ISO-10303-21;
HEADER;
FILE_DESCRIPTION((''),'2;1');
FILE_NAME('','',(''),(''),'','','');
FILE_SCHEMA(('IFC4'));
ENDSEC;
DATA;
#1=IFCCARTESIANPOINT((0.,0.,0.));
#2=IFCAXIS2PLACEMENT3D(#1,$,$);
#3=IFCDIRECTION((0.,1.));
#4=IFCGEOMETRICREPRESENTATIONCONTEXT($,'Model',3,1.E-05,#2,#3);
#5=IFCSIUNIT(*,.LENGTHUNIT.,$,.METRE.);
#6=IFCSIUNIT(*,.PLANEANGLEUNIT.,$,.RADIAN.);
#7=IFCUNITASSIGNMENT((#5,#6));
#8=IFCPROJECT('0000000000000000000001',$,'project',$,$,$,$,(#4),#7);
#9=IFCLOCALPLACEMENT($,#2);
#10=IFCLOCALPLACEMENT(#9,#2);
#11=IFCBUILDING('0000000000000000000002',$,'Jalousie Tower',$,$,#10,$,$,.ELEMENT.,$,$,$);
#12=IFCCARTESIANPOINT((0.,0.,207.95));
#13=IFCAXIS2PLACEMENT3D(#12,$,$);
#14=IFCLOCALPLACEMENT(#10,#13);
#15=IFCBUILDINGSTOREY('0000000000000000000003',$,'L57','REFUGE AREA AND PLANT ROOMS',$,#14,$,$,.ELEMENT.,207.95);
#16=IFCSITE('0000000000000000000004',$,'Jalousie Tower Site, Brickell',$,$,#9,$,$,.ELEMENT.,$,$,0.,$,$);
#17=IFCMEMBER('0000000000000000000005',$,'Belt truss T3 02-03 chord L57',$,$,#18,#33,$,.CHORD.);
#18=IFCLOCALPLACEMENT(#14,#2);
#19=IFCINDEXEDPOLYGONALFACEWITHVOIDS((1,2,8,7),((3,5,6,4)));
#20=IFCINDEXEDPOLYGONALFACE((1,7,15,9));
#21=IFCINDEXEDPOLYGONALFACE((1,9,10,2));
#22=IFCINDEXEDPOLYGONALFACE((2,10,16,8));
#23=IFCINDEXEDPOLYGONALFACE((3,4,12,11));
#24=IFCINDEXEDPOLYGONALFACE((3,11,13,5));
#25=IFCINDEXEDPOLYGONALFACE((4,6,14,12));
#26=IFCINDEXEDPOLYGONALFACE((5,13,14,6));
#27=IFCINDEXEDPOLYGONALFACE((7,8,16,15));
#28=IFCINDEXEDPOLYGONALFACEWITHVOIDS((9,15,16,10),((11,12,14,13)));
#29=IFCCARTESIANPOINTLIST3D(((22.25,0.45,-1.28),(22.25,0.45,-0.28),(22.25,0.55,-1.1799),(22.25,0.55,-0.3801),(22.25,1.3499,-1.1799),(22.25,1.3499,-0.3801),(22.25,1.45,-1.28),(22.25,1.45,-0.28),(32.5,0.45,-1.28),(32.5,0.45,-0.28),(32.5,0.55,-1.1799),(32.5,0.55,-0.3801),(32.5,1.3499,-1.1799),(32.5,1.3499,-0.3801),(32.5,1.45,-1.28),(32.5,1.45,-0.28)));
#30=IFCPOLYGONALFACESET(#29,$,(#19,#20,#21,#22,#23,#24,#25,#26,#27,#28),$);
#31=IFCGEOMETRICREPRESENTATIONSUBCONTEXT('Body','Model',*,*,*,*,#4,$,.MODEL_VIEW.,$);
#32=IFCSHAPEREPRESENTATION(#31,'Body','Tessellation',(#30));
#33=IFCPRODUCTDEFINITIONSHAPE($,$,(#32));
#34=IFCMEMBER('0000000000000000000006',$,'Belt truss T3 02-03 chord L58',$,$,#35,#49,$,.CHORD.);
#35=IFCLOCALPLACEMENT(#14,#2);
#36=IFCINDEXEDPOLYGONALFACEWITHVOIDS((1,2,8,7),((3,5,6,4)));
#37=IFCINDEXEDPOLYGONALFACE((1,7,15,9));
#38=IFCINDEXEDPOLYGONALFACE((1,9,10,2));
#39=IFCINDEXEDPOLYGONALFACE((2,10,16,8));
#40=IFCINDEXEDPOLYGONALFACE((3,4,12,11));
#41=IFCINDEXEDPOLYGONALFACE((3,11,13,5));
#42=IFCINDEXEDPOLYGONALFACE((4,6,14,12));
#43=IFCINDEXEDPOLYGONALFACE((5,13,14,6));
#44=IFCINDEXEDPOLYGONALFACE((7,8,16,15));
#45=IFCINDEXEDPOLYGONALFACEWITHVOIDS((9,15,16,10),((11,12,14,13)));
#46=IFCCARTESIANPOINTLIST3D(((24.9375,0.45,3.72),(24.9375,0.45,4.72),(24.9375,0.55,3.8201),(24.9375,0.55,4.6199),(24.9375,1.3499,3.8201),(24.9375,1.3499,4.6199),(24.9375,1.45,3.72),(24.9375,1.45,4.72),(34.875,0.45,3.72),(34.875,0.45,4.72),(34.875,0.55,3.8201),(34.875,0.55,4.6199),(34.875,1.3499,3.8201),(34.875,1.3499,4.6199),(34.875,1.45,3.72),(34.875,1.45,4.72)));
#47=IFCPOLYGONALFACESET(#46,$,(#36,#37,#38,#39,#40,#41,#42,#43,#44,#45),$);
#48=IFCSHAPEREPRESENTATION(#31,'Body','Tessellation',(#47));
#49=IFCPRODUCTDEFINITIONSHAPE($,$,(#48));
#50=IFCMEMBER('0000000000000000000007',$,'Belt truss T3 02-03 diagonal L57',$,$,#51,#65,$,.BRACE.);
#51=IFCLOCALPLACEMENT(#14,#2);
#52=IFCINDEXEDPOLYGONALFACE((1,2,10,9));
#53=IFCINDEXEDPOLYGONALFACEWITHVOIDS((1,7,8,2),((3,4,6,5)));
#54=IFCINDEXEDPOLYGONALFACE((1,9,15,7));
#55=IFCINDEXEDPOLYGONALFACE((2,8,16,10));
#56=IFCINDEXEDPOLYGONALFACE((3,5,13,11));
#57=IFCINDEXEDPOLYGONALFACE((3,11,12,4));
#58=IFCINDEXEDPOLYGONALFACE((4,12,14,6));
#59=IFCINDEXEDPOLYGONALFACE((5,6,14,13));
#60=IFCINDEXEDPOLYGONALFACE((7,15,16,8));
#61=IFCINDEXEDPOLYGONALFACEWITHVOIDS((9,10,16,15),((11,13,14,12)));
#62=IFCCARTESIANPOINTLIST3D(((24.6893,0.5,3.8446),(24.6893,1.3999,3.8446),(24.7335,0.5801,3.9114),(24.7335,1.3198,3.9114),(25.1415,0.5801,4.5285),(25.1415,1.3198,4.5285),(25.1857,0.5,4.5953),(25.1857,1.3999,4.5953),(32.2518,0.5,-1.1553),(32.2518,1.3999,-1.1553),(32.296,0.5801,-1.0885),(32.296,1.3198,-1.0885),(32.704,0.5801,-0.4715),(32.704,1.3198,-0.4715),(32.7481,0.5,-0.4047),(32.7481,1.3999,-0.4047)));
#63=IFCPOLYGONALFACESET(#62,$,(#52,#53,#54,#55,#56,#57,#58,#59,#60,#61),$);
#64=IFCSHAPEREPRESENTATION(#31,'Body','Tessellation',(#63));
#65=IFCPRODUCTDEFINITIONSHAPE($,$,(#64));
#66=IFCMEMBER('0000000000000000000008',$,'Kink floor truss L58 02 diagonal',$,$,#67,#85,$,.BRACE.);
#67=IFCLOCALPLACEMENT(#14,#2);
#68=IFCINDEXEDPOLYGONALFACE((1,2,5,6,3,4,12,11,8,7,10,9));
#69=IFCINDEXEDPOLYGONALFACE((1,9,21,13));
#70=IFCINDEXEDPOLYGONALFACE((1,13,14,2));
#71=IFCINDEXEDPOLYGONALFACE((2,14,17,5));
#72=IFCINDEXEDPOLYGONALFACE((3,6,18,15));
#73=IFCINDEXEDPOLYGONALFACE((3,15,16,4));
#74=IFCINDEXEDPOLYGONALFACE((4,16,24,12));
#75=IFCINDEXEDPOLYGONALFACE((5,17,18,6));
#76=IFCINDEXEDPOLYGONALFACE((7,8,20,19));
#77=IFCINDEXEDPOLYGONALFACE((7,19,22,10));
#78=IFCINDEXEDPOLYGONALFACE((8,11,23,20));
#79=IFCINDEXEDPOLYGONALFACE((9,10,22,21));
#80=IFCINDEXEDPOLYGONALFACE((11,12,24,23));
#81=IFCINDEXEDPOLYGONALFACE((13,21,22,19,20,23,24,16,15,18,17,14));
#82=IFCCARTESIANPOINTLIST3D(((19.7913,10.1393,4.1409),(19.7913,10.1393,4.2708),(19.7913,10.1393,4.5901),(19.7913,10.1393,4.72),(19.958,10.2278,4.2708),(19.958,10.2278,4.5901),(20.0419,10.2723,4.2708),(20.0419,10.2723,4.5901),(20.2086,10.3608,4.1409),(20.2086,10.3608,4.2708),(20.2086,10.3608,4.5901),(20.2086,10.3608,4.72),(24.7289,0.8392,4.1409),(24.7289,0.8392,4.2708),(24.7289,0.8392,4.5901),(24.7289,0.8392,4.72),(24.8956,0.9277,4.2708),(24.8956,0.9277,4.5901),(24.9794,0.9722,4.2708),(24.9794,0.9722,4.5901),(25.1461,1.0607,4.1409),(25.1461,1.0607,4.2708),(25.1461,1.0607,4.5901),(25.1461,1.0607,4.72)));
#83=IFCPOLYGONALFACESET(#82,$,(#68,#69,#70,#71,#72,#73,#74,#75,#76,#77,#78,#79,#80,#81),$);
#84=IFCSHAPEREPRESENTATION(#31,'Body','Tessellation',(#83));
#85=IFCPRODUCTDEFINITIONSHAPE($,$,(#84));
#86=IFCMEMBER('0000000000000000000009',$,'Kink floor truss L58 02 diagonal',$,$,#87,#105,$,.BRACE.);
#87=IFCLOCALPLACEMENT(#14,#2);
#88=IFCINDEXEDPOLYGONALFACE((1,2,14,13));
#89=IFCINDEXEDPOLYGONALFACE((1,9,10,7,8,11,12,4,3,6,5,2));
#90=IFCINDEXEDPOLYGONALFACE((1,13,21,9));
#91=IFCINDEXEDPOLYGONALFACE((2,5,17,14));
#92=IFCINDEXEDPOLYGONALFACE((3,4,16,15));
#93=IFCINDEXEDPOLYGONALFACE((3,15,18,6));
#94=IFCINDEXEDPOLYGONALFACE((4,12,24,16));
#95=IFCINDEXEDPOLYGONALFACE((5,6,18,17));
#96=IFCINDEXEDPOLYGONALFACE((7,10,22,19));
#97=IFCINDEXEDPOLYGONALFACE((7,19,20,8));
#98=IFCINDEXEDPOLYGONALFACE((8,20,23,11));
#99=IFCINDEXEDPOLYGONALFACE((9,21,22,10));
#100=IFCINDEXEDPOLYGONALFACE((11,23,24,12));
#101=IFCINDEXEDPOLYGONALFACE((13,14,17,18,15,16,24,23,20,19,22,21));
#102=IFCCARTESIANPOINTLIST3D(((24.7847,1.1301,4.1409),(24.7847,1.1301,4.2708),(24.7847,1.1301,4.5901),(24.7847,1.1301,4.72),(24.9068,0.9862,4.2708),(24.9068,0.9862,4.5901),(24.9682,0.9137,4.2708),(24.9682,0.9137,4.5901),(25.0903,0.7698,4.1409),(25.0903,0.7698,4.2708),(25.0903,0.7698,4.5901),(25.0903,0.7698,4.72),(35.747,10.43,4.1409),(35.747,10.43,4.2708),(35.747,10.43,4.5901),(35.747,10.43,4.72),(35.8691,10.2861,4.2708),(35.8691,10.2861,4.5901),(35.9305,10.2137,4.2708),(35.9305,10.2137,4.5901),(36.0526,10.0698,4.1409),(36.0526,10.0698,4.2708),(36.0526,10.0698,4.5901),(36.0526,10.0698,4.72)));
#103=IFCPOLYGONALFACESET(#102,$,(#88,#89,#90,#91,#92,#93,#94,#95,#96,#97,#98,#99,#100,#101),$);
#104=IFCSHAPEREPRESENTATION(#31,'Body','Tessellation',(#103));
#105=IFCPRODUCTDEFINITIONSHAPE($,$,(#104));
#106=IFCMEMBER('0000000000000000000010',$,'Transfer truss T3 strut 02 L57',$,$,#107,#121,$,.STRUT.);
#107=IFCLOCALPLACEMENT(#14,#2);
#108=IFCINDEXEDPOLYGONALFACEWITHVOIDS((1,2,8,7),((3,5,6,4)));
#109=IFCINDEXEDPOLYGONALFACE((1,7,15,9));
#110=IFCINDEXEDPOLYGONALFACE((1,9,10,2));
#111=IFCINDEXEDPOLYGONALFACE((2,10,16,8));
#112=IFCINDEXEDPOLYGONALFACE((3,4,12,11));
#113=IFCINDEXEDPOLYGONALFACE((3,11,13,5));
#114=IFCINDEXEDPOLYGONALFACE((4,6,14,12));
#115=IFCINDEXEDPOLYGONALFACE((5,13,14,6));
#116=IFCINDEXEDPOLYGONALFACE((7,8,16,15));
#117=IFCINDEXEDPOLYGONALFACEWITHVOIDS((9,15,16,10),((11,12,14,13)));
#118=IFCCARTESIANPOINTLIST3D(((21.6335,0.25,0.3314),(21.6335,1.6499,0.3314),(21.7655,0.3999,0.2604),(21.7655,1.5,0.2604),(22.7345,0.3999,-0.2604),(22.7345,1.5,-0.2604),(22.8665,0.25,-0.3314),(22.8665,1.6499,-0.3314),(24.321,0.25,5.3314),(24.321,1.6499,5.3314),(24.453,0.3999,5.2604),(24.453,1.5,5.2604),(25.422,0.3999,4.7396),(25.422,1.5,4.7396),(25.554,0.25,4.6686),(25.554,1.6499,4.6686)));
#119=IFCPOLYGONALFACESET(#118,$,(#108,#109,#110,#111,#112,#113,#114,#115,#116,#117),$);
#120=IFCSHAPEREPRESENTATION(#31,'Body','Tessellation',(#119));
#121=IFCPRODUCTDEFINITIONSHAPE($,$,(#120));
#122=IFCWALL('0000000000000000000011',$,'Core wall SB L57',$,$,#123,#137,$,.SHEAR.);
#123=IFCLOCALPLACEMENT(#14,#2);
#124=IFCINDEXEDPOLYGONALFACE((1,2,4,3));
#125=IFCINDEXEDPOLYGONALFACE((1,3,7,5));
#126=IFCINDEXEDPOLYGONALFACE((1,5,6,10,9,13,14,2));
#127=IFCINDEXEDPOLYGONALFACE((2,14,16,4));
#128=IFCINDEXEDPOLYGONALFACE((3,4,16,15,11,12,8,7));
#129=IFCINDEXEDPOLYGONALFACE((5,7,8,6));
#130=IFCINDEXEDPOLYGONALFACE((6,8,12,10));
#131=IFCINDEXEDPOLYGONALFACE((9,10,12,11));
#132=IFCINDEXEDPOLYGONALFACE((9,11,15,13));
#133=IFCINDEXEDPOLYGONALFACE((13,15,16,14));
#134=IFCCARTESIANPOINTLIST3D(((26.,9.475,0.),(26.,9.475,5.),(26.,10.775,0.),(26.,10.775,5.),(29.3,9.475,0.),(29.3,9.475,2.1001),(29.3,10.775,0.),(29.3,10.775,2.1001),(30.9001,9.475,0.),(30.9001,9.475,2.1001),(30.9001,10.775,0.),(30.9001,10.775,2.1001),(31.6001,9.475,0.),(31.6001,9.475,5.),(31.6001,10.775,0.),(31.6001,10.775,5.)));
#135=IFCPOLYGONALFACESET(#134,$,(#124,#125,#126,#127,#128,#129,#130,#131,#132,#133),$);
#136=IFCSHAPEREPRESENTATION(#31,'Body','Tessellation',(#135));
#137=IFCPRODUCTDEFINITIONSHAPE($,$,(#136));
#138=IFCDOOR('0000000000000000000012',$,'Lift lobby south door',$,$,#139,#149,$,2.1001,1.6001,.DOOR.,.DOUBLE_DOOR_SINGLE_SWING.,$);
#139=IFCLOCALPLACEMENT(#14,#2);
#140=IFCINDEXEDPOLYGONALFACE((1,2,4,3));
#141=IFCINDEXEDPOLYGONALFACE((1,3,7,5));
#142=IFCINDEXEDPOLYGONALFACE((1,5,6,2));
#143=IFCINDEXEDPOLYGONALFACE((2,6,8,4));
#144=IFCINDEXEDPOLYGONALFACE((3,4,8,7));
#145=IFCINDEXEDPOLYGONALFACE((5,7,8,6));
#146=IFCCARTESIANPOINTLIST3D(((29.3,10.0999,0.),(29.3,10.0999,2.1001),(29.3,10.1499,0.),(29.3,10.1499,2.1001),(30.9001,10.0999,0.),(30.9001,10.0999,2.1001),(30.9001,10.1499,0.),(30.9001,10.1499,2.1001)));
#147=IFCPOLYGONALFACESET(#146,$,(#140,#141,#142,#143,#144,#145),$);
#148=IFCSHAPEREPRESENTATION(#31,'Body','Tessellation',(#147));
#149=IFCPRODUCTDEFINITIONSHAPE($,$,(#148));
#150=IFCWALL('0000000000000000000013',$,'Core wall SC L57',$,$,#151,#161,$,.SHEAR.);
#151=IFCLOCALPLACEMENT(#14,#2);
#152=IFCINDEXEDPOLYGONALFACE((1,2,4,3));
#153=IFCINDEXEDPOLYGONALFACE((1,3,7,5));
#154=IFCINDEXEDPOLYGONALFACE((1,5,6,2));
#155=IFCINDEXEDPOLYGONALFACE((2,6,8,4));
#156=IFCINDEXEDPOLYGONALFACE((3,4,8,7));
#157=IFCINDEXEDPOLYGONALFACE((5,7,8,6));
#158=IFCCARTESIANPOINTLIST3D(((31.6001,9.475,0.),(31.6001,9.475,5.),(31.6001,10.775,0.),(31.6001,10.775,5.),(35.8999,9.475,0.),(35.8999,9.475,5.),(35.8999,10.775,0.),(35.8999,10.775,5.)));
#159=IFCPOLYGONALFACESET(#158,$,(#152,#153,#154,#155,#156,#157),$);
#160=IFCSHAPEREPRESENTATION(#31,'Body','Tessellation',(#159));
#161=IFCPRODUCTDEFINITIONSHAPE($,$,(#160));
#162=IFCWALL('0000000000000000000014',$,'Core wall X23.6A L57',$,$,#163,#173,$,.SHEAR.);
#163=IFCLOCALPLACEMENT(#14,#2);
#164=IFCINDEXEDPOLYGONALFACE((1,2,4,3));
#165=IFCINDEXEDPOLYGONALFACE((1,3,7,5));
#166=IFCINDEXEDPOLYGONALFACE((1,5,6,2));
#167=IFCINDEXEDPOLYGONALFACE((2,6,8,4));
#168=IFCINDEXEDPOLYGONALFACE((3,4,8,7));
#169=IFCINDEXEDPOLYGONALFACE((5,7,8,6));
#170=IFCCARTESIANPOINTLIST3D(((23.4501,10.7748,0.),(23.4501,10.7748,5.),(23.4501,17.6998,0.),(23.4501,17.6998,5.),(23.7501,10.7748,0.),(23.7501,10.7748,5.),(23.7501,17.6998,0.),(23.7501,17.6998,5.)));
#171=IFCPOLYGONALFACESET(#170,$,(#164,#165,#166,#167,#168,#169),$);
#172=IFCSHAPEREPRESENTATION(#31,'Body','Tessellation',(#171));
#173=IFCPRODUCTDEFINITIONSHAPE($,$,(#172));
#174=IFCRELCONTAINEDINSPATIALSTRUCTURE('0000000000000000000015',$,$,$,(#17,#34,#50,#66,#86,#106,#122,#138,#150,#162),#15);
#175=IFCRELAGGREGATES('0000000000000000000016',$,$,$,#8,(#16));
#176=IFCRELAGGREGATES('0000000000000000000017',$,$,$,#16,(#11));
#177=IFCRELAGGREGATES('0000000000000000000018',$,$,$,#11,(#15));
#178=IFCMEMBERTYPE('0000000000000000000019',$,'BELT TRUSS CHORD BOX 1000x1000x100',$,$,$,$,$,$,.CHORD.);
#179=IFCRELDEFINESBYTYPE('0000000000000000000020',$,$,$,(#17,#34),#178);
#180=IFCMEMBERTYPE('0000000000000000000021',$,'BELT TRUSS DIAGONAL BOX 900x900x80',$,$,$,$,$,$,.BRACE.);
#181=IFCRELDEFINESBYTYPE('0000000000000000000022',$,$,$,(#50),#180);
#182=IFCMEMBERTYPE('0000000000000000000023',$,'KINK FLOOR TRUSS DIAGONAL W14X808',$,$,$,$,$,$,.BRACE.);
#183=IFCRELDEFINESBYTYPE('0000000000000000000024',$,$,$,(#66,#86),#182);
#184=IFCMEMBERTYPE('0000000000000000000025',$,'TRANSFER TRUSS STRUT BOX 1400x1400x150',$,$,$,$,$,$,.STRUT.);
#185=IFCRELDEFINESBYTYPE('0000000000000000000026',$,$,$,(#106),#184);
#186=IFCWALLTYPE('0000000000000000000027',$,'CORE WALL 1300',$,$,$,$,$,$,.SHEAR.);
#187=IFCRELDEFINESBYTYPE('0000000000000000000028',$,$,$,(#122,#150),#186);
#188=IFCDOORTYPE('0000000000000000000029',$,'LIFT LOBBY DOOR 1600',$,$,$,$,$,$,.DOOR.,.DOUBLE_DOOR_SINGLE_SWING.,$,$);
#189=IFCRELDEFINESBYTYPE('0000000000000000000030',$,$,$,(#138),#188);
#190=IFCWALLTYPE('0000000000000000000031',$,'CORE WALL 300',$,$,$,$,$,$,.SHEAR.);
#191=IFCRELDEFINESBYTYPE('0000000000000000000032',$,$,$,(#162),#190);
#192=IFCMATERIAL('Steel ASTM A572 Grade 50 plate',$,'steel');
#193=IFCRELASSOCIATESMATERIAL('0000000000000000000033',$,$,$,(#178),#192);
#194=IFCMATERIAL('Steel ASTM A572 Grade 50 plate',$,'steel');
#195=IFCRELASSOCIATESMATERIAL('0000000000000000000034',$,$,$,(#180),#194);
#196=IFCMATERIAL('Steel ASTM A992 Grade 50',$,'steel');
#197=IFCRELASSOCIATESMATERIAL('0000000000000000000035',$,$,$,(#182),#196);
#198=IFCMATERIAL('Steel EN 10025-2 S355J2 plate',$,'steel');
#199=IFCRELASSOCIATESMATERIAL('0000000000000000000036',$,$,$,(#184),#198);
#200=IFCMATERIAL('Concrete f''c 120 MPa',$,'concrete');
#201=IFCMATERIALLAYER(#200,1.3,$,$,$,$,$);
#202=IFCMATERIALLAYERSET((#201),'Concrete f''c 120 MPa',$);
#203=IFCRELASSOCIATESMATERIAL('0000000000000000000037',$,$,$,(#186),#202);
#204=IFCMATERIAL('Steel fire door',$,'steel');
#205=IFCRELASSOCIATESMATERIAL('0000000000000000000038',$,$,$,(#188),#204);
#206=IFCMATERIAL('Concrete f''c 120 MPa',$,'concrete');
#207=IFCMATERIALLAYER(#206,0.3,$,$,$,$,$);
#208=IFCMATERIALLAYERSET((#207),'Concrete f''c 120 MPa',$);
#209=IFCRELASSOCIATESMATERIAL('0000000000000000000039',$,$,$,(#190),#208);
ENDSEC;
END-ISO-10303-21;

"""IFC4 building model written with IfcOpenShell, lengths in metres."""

from ifc_helpers import new_model, si_unit, direction, frame, frame_2d, origin, origin_2d, place, context, subcontext, project, spatial, rectangle, hollow_rectangle, i_section, extrude, material, layer, layer_set, material_profile, profile_set, type_object, element, fill, save


model = new_model("IFC4")

# Units and contexts
model_context = context("Model", 3, precision=1e-05, world=origin(), true_north=direction((0.0, 1.0)))
body_context = subcontext(model_context, "Body", "Model", "MODEL_VIEW")
ifc_project = project(units=[si_unit("LENGTHUNIT", "METRE"), si_unit("PLANEANGLEUNIT", "RADIAN")], contexts=[model_context])

# Site, building, storey
site_placement = place(None, origin())
site = spatial("IfcSite", under=ifc_project, at=site_placement, Name="Jalousie Tower Site, Brickell", CompositionType="ELEMENT", RefElevation=0.0)
building_placement = place(site_placement, origin())
building = spatial("IfcBuilding", under=site, at=building_placement, Name="Jalousie Tower", CompositionType="ELEMENT")
storey_placement = place(building_placement, frame((0.0, 0.0, 207.95)))
storey = spatial("IfcBuildingStorey", under=building, at=storey_placement, Name="L57", Description="REFUGE AREA AND PLANT ROOMS", CompositionType="ELEMENT", Elevation=207.95)

# Members
ifc_material_1 = material(Name="Steel ASTM A572 Grade 50 plate", Category="steel")
ifc_material_profile_1 = material_profile(ifc_material_1, hollow_rectangle(XDim=1.0, YDim=1.0, WallThickness=0.1001, at=origin_2d()), Name="BOX 1000x1000x100")
ifc_profile_set_1 = profile_set([ifc_material_profile_1], Name="Steel ASTM A572 Grade 50 plate")
member_type_1 = type_object("IfcMemberType", Name="BELT TRUSS CHORD BOX 1000x1000x100", PredefinedType="CHORD", material=ifc_profile_set_1)
member_1_placement = place(storey_placement, frame((22.25, 0.95, -0.78), z_axis=(1.0, 0.0, 0.0), x_axis=(0.0, 1.0, 0.0)))
element("IfcMember", 1, at=member_1_placement, inside=storey, type_object=member_type_1, Name="Belt truss T3 02-03 chord L57", PredefinedType="CHORD", context=body_context, shape_type="SweptSolid", body=[
    extrude(hollow_rectangle(XDim=1.0, YDim=1.0, WallThickness=0.1001, at=origin_2d()), origin(), (0.0, 0.0, 1.0), 10.25),
])
member_2_placement = place(storey_placement, frame((24.9375, 0.95, 4.22), z_axis=(1.0, 0.0, 0.0), x_axis=(0.0, 1.0, 0.0)))
element("IfcMember", 2, at=member_2_placement, inside=storey, type_object=member_type_1, Name="Belt truss T3 02-03 chord L58", PredefinedType="CHORD", context=body_context, shape_type="SweptSolid", body=[
    extrude(hollow_rectangle(XDim=1.0, YDim=1.0, WallThickness=0.1001, at=origin_2d()), origin(), (0.0, 0.0, 1.0), 9.9375),
])
ifc_material_2 = material(Name="Steel ASTM A572 Grade 50 plate", Category="steel")
ifc_material_profile_2 = material_profile(ifc_material_2, hollow_rectangle(XDim=0.8999, YDim=0.8999, WallThickness=0.0801, at=origin_2d()), Name="BOX 900x900x80")
ifc_profile_set_2 = profile_set([ifc_material_profile_2], Name="Steel ASTM A572 Grade 50 plate")
member_type_2 = type_object("IfcMemberType", Name="BELT TRUSS DIAGONAL BOX 900x900x80", PredefinedType="BRACE", material=ifc_profile_set_2)
member_3_placement = place(storey_placement, frame((24.9375, 0.95, 4.22), z_axis=(0.834165, 0.0, -0.551514), x_axis=(0.0, 1.0, 0.0)))
element("IfcMember", 3, at=member_3_placement, inside=storey, type_object=member_type_2, Name="Belt truss T3 02-03 diagonal L57", PredefinedType="BRACE", context=body_context, shape_type="SweptSolid", body=[
    extrude(hollow_rectangle(XDim=0.8999, YDim=0.8999, WallThickness=0.0801, at=origin_2d()), origin(), (0.0, 0.0, 1.0), 9.0659),
])
ifc_material_3 = material(Name="Steel ASTM A992 Grade 50", Category="steel")
ifc_material_profile_3 = material_profile(ifc_material_3, i_section(OverallWidth=0.4724, OverallDepth=0.5791, WebThickness=0.095, FlangeThickness=0.1299, at=origin_2d()), Name="W14X808")
ifc_profile_set_3 = profile_set([ifc_material_profile_3], Name="Steel ASTM A992 Grade 50")
member_type_3 = type_object("IfcMemberType", Name="KINK FLOOR TRUSS DIAGONAL W14X808", PredefinedType="BRACE", material=ifc_profile_set_3)
member_4_placement = place(storey_placement, frame((24.9375, 0.95, 4.4304), z_axis=(-0.468922, 0.88324, 0.0), x_axis=(-0.88324, -0.468922, 0.0)))
element("IfcMember", 4, at=member_4_placement, inside=storey, type_object=member_type_3, Name="Kink floor truss L58 02 diagonal", PredefinedType="BRACE", context=body_context, shape_type="SweptSolid", body=[
    extrude(i_section(OverallWidth=0.4724, OverallDepth=0.5791, WebThickness=0.095, FlangeThickness=0.1299, at=origin_2d()), origin(), (0.0, 0.0, 1.0), 10.5295),
])
member_5_placement = place(storey_placement, frame((24.9375, 0.95, 4.4304), z_axis=(0.762557, 0.646921, 0.0), x_axis=(-0.646921, 0.762557, 0.0)))
element("IfcMember", 5, at=member_5_placement, inside=storey, type_object=member_type_3, Name="Kink floor truss L58 02 diagonal", PredefinedType="BRACE", context=body_context, shape_type="SweptSolid", body=[
    extrude(i_section(OverallWidth=0.4724, OverallDepth=0.5791, WebThickness=0.095, FlangeThickness=0.1299, at=origin_2d()), origin(), (0.0, 0.0, 1.0), 14.3757),
])
ifc_material_4 = material(Name="Steel EN 10025-2 S355J2 plate", Category="steel")
ifc_material_profile_4 = material_profile(ifc_material_4, hollow_rectangle(XDim=1.3999, YDim=1.3999, WallThickness=0.1499, at=origin_2d()), Name="BOX 1400x1400x150")
ifc_profile_set_4 = profile_set([ifc_material_profile_4], Name="Steel EN 10025-2 S355J2 plate")
member_type_4 = type_object("IfcMemberType", Name="TRANSFER TRUSS STRUT BOX 1400x1400x150", PredefinedType="STRUT", material=ifc_profile_set_4)
member_6_placement = place(storey_placement, frame((22.25, 0.95, 0.0), z_axis=(0.473443, 0.0, 0.880824), x_axis=(0.0, 1.0, 0.0)))
element("IfcMember", 6, at=member_6_placement, inside=storey, type_object=member_type_4, Name="Transfer truss T3 strut 02 L57", PredefinedType="STRUT", context=body_context, shape_type="SweptSolid", body=[
    extrude(hollow_rectangle(XDim=1.3999, YDim=1.3999, WallThickness=0.1499, at=origin_2d()), origin(), (0.0, 0.0, 1.0), 5.6765),
])

# Wall, opening, door
ifc_material_5 = material(Name="Concrete f'c 120 MPa", Category="concrete")
ifc_layer_1 = layer(ifc_material_5, 1.3)
ifc_layer_set_1 = layer_set([ifc_layer_1], Name="Concrete f'c 120 MPa")
wall_type_1 = type_object("IfcWallType", Name="CORE WALL 1300", PredefinedType="SHEAR", material=ifc_layer_set_1)
wall_1_placement = place(storey_placement, frame((26.0, 10.125, 0.0), z_axis=(0.0, 0.0, 1.0), x_axis=(1.0, 0.0, 0.0)))
wall_1 = element("IfcWall", 7, at=wall_1_placement, inside=storey, type_object=wall_type_1, Name="Core wall SB L57", PredefinedType="SHEAR", context=body_context, shape_type="SweptSolid", body=[
    extrude(rectangle(XDim=5.6001, YDim=1.3, at=frame_2d((2.8, 0.0))), origin(), (0.0, 0.0, 1.0), 5.0),
])
opening_1_placement = place(wall_1_placement, frame((3.3, 0.0, 0.0)))
opening_1 = element("IfcOpeningElement", 8, at=opening_1_placement, cuts=wall_1, PredefinedType="OPENING", context=body_context, shape_type="SweptSolid", body=[
    extrude(rectangle(XDim=1.6001, YDim=2.1001, at=frame_2d((0.8, 1.05))), frame((0.0, 0.6599, 0.0), z_axis=(0.0, -1.0, 0.0), x_axis=(1.0, 0.0, 0.0)), (0.0, 0.0, 1.0), 1.3201),
])
ifc_material_6 = material(Name="Steel fire door", Category="steel")
door_type_1 = type_object("IfcDoorType", Name="LIFT LOBBY DOOR 1600", OperationType="DOUBLE_DOOR_SINGLE_SWING", PredefinedType="DOOR", material=ifc_material_6)
door_1_placement = place(opening_1_placement, origin())
door_1 = element("IfcDoor", 9, at=door_1_placement, inside=storey, type_object=door_type_1, Name="Lift lobby south door", OperationType="DOUBLE_DOOR_SINGLE_SWING", OverallHeight=2.1001, OverallWidth=1.6001, PredefinedType="DOOR", context=body_context, shape_type="SweptSolid", body=[
    extrude(rectangle(XDim=1.6001, YDim=2.1001, at=frame_2d((0.8, 1.05))), frame((0.0, 0.0249, 0.0), z_axis=(0.0, -1.0, 0.0), x_axis=(1.0, 0.0, 0.0)), (0.0, 0.0, 1.0), 0.05),
])
fill(opening_1, door_1)

# Walls
wall_2_placement = place(storey_placement, frame((31.6001, 10.125, 0.0), z_axis=(0.0, 0.0, 1.0), x_axis=(1.0, 0.0, 0.0)))
element("IfcWall", 10, at=wall_2_placement, inside=storey, type_object=wall_type_1, Name="Core wall SC L57", PredefinedType="SHEAR", context=body_context, shape_type="SweptSolid", body=[
    extrude(rectangle(XDim=4.2998, YDim=1.3, at=frame_2d((2.1499, 0.0))), origin(), (0.0, 0.0, 1.0), 5.0),
])
ifc_material_7 = material(Name="Concrete f'c 120 MPa", Category="concrete")
ifc_layer_2 = layer(ifc_material_7, 0.3)
ifc_layer_set_2 = layer_set([ifc_layer_2], Name="Concrete f'c 120 MPa")
wall_type_2 = type_object("IfcWallType", Name="CORE WALL 300", PredefinedType="SHEAR", material=ifc_layer_set_2)
wall_3_placement = place(storey_placement, frame((23.6001, 10.7749, 0.0), z_axis=(0.0, 0.0, 1.0), x_axis=(0.0, 1.0, 0.0)))
element("IfcWall", 11, at=wall_3_placement, inside=storey, type_object=wall_type_2, Name="Core wall X23.6A L57", PredefinedType="SHEAR", context=body_context, shape_type="SweptSolid", body=[
    extrude(rectangle(XDim=6.925, YDim=0.3, at=frame_2d((3.4624, 0.0))), origin(), (0.0, 0.0, 1.0), 5.0),
])

save(model, "model.ifc")
